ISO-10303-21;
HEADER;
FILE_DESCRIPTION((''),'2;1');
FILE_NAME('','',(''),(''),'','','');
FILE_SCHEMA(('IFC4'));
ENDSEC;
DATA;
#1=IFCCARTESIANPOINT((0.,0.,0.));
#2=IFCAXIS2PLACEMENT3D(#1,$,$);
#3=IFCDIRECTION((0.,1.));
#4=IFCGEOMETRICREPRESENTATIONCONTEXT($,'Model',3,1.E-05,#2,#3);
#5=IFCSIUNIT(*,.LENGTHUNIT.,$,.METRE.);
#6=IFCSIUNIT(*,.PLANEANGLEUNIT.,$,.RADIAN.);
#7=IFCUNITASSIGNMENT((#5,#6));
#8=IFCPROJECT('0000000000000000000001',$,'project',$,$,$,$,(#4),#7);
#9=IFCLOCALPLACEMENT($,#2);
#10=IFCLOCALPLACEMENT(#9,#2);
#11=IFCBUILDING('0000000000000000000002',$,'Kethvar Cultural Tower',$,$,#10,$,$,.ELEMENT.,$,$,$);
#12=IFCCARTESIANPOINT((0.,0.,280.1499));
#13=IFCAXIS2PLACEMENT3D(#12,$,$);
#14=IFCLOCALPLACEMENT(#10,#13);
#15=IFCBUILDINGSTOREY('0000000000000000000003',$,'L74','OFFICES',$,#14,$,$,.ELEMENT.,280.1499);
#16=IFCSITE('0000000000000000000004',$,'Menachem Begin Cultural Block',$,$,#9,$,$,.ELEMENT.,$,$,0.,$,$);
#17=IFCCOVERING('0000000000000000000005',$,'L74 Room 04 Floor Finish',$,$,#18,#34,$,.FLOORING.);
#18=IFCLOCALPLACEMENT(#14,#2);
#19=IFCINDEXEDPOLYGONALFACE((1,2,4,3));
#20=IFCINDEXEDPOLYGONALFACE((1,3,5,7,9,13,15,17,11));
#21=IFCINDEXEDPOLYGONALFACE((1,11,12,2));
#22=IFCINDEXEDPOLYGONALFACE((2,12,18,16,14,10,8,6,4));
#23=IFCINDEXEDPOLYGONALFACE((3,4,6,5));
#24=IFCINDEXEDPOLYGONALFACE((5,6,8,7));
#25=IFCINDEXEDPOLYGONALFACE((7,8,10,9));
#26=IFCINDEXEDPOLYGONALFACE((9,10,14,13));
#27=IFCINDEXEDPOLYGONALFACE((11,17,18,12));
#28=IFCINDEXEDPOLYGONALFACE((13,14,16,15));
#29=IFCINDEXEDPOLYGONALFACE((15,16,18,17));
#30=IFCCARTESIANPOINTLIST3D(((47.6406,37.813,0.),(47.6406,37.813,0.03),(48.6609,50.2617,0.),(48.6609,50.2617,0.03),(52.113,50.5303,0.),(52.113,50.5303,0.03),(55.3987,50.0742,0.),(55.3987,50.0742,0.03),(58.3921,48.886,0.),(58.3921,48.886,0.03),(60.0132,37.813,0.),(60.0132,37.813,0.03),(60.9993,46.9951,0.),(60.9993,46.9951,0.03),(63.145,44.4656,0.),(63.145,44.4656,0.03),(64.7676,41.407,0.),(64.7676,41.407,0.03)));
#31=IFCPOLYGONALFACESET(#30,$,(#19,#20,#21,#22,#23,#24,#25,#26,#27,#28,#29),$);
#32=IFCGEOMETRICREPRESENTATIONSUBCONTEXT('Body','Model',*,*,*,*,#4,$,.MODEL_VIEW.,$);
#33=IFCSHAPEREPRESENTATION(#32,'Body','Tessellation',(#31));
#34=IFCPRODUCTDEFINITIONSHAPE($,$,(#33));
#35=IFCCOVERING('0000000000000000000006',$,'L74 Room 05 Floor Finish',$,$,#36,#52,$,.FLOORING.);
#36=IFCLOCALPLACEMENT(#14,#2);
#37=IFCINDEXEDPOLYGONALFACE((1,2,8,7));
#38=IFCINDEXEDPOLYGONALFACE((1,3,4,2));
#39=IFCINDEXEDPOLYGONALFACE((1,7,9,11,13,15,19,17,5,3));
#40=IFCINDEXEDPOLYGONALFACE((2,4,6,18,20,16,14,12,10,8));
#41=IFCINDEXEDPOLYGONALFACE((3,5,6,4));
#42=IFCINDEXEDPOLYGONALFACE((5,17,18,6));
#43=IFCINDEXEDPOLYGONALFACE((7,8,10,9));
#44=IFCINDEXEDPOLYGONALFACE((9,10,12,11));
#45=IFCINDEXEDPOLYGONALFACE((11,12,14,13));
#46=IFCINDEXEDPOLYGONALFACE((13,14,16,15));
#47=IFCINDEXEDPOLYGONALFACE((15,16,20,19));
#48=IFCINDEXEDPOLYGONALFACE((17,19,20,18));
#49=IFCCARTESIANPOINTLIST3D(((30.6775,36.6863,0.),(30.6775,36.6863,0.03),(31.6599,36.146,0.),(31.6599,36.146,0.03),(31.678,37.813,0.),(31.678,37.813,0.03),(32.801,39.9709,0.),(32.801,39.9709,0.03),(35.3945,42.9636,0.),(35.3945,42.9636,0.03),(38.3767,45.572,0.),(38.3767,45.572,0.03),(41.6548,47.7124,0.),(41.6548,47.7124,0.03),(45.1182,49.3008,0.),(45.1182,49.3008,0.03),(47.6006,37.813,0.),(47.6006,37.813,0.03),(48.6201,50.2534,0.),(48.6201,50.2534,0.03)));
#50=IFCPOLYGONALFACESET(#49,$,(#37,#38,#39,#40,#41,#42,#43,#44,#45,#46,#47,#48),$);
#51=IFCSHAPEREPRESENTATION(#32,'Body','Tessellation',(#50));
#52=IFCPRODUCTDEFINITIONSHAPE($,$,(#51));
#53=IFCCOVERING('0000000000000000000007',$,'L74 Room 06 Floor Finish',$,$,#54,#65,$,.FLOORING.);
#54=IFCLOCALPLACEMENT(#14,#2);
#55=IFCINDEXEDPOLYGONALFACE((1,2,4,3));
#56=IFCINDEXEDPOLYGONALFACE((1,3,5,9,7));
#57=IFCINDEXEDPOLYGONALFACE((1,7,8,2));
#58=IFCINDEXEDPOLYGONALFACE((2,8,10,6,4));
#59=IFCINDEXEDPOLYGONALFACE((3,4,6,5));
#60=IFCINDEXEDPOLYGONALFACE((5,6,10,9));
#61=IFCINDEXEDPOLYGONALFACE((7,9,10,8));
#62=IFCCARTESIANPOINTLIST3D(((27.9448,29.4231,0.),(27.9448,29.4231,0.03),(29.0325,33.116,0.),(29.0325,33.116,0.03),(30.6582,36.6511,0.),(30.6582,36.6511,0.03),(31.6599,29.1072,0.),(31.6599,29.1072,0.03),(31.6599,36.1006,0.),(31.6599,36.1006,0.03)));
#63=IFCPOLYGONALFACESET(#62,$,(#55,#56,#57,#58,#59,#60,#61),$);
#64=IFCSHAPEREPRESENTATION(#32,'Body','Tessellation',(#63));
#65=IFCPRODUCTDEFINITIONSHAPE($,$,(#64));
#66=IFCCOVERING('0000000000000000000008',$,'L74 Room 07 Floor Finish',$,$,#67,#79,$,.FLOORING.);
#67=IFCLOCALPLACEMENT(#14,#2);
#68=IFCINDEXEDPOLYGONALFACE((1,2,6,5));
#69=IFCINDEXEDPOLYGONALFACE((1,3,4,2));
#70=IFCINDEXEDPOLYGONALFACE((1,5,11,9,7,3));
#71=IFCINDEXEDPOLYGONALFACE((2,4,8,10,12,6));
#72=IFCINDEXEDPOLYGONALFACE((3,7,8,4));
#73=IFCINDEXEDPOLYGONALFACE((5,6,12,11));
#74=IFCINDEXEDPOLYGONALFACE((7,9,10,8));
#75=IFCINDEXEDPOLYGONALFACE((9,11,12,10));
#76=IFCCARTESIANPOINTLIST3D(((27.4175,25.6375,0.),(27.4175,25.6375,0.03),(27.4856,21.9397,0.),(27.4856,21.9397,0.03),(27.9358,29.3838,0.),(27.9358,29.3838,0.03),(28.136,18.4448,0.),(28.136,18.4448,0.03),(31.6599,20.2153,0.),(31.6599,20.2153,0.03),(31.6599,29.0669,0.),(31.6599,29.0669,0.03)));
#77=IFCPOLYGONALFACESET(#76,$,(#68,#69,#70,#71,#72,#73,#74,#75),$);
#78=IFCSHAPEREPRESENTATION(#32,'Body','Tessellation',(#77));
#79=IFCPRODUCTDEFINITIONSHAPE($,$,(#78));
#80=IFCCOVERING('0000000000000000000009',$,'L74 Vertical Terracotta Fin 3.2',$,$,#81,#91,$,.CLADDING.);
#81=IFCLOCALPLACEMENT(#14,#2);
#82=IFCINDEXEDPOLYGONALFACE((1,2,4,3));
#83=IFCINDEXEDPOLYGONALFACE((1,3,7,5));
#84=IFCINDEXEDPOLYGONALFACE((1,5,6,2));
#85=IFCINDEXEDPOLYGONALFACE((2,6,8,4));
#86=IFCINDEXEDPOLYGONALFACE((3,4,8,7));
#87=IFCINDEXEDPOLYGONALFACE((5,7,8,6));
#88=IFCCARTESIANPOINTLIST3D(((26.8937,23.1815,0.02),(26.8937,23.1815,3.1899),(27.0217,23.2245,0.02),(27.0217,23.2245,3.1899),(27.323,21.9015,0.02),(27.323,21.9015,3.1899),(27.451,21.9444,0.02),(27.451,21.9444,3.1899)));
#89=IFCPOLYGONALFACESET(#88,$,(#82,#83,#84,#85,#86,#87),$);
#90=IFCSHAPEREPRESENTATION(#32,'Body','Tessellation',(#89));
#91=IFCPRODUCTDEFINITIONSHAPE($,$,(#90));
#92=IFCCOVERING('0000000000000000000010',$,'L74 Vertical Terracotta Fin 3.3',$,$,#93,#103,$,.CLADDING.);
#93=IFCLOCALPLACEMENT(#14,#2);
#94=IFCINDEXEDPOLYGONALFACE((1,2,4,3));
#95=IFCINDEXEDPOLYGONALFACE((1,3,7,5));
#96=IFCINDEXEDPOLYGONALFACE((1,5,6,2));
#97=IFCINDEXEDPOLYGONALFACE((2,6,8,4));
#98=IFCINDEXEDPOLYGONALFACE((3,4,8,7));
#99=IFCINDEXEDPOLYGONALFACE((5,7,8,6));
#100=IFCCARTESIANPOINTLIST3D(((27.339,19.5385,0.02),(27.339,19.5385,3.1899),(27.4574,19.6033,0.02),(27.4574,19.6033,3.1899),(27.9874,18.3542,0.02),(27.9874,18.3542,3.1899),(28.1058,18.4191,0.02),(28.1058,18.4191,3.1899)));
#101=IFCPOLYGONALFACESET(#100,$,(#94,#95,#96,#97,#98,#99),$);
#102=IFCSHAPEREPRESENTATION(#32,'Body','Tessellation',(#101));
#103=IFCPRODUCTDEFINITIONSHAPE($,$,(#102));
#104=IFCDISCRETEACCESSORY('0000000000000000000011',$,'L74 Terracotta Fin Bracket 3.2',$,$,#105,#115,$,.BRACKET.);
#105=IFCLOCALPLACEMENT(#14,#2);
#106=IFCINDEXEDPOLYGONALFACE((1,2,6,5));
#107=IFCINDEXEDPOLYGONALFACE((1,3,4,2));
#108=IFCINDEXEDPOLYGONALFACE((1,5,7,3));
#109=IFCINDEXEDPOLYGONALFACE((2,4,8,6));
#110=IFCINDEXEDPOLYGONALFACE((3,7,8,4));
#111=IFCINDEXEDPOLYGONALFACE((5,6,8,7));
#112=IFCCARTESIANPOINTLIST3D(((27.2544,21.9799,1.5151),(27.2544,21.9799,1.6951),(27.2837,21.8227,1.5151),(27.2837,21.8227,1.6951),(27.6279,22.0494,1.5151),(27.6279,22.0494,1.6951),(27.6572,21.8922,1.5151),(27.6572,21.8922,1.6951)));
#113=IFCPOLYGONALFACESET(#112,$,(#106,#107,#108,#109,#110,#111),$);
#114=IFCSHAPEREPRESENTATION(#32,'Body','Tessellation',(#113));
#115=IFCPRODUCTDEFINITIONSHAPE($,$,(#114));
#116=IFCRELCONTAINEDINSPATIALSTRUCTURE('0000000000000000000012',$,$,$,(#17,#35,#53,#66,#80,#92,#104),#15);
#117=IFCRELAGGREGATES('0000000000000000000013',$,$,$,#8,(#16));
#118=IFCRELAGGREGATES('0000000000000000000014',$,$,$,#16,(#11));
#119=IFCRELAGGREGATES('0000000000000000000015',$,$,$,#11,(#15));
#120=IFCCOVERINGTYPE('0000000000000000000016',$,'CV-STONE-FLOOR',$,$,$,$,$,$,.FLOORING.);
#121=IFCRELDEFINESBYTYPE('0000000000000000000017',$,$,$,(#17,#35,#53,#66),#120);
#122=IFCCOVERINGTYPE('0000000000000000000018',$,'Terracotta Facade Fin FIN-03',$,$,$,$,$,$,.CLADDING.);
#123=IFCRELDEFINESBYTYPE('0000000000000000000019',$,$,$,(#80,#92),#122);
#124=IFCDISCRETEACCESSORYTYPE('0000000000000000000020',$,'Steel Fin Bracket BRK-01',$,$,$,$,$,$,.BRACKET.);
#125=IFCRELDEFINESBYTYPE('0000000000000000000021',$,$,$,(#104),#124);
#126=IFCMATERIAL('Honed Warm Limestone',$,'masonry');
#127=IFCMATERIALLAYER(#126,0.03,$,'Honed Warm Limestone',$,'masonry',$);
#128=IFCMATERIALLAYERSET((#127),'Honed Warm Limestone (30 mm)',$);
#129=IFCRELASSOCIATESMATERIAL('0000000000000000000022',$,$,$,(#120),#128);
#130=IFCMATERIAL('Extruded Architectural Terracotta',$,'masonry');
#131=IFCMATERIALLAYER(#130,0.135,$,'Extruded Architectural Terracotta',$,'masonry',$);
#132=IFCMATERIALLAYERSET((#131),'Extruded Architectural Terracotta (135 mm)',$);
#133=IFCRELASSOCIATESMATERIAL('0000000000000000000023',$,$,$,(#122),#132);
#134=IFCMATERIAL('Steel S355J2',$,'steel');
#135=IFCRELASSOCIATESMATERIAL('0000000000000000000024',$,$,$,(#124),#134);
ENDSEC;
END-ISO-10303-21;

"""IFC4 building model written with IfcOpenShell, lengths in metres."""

from ifc_helpers import new_model, si_unit, direction, frame, origin, origin_2d, place, context, subcontext, project, spatial, polyline, rectangle, outline, extrude, source, transform, mapped, material, layer, layer_set, type_object, element, save


model = new_model("IFC4")

# Units and contexts
model_context = context("Model", 3, precision=1e-05, world=origin(), true_north=direction((0.0, 1.0)))
body_context = subcontext(model_context, "Body", "Model", "MODEL_VIEW")
ifc_project = project(units=[si_unit("LENGTHUNIT", "METRE"), si_unit("PLANEANGLEUNIT", "RADIAN")], contexts=[model_context])

# Site, building, storey
site_placement = place(None, origin())
site = spatial("IfcSite", under=ifc_project, at=site_placement, Name="Menachem Begin Cultural Block", CompositionType="ELEMENT", RefElevation=0.0)
building_placement = place(site_placement, origin())
building = spatial("IfcBuilding", under=site, at=building_placement, Name="Kethvar Cultural Tower", CompositionType="ELEMENT")
storey_placement = place(building_placement, frame((0.0, 0.0, 280.1499)))
storey = spatial("IfcBuildingStorey", under=building, at=storey_placement, Name="L74", Description="OFFICES", CompositionType="ELEMENT", Elevation=280.1499)

# Coverings
ifc_material_1 = material(Name="Honed Warm Limestone", Category="masonry")
ifc_layer_1 = layer(ifc_material_1, 0.03, Name="Honed Warm Limestone", Category="masonry")
ifc_layer_set_1 = layer_set([ifc_layer_1], Name="Honed Warm Limestone (30 mm)")
covering_type_1 = type_object("IfcCoveringType", Name="CV-STONE-FLOOR", PredefinedType="FLOORING", material=ifc_layer_set_1)
covering_1_placement = place(storey_placement, origin())
element("IfcCovering", 1, at=covering_1_placement, inside=storey, type_object=covering_type_1, Name="L74 Room 04 Floor Finish", PredefinedType="FLOORING", context=body_context, shape_type="SweptSolid", body=[
    extrude(outline(polyline([(63.145, 44.4656), (64.7676, 41.407), (60.0132, 37.813), (47.6406, 37.813), (48.6609, 50.2617), (52.113, 50.5303), (55.3987, 50.0742), (58.3921, 48.886), (60.9993, 46.9951), (63.145, 44.4656)])), origin(), (0.0, 0.0, 1.0), 0.03),
])
covering_2_placement = place(storey_placement, origin())
element("IfcCovering", 2, at=covering_2_placement, inside=storey, type_object=covering_type_1, Name="L74 Room 05 Floor Finish", PredefinedType="FLOORING", context=body_context, shape_type="SweptSolid", body=[
    extrude(outline(polyline([(32.801, 39.9709), (35.3945, 42.9636), (38.3767, 45.572), (41.6548, 47.7124), (45.1182, 49.3008), (48.6201, 50.2534), (47.6006, 37.813), (31.678, 37.813), (31.6599, 36.146), (30.6775, 36.6863), (32.801, 39.9709)])), origin(), (0.0, 0.0, 1.0), 0.03),
])
covering_3_placement = place(storey_placement, origin())
element("IfcCovering", 3, at=covering_3_placement, inside=storey, type_object=covering_type_1, Name="L74 Room 06 Floor Finish", PredefinedType="FLOORING", context=body_context, shape_type="SweptSolid", body=[
    extrude(outline(polyline([(29.0325, 33.116), (30.6582, 36.6511), (31.6599, 36.1006), (31.6599, 29.1072), (27.9448, 29.4231), (29.0325, 33.116)])), origin(), (0.0, 0.0, 1.0), 0.03),
])
covering_4_placement = place(storey_placement, origin())
element("IfcCovering", 4, at=covering_4_placement, inside=storey, type_object=covering_type_1, Name="L74 Room 07 Floor Finish", PredefinedType="FLOORING", context=body_context, shape_type="SweptSolid", body=[
    extrude(outline(polyline([(27.4856, 21.9397), (27.4175, 25.6375), (27.9358, 29.3838), (31.6599, 29.0669), (31.6599, 20.2153), (28.136, 18.4448), (27.4856, 21.9397)])), origin(), (0.0, 0.0, 1.0), 0.03),
])
ifc_material_2 = material(Name="Extruded Architectural Terracotta", Category="masonry")
ifc_layer_2 = layer(ifc_material_2, 0.135, Name="Extruded Architectural Terracotta", Category="masonry")
ifc_layer_set_2 = layer_set([ifc_layer_2], Name="Extruded Architectural Terracotta (135 mm)")
covering_type_2 = type_object("IfcCoveringType", Name="Terracotta Facade Fin FIN-03", PredefinedType="CLADDING", material=ifc_layer_set_2)
shared_shape_1 = source(origin(), body_context, "Body", "SweptSolid", [
    extrude(rectangle(XDim=1.3501, YDim=0.135, at=origin_2d()), origin(), (0.0, 0.0, 1.0), 3.1699),
])
for number, where, z_axis, x_axis, name in (
    (5, (27.1724, 22.563, 0.02), (0.0, 0.0, 1.0), (-0.317967, 0.948102, 0.0), "L74 Vertical Terracotta Fin 3.2"),
    (6, (27.7224, 18.9788, 0.02), (0.0, 0.0, 1.0), (-0.480223, 0.877146, 0.0), "L74 Vertical Terracotta Fin 3.3"),
):
    element("IfcCovering", number, at=place(storey_placement, frame(where, z_axis=z_axis, x_axis=x_axis)), inside=storey, type_object=covering_type_2, Name=name, PredefinedType="CLADDING", context=body_context, shape_type="MappedRepresentation", body=[
        mapped(shared_shape_1, transform((0.0, 0.0, 0.0), scale=1.0)),
    ])

# Discrete accessory
ifc_material_3 = material(Name="Steel S355J2", Category="steel")
discrete_accessory_type = type_object("IfcDiscreteAccessoryType", Name="Steel Fin Bracket BRK-01", PredefinedType="BRACKET", material=ifc_material_3)
shared_shape_2 = source(origin(), body_context, "Body", "SweptSolid", [
    extrude(rectangle(XDim=0.3799, YDim=0.1599, at=origin_2d()), origin(), (0.0, 0.0, 1.0), 0.1799),
])
discrete_accessory_placement = place(storey_placement, frame((27.4558, 21.936, 1.5151), z_axis=(0.0, 0.0, 1.0), x_axis=(-0.983127, -0.182922, 0.0)))
element("IfcDiscreteAccessory", 7, at=discrete_accessory_placement, inside=storey, type_object=discrete_accessory_type, Name="L74 Terracotta Fin Bracket 3.2", PredefinedType="BRACKET", context=body_context, shape_type="MappedRepresentation", body=[
    mapped(shared_shape_2, transform((0.0, 0.0, 0.0), scale=1.0)),
])

save(model, "model.ifc")
